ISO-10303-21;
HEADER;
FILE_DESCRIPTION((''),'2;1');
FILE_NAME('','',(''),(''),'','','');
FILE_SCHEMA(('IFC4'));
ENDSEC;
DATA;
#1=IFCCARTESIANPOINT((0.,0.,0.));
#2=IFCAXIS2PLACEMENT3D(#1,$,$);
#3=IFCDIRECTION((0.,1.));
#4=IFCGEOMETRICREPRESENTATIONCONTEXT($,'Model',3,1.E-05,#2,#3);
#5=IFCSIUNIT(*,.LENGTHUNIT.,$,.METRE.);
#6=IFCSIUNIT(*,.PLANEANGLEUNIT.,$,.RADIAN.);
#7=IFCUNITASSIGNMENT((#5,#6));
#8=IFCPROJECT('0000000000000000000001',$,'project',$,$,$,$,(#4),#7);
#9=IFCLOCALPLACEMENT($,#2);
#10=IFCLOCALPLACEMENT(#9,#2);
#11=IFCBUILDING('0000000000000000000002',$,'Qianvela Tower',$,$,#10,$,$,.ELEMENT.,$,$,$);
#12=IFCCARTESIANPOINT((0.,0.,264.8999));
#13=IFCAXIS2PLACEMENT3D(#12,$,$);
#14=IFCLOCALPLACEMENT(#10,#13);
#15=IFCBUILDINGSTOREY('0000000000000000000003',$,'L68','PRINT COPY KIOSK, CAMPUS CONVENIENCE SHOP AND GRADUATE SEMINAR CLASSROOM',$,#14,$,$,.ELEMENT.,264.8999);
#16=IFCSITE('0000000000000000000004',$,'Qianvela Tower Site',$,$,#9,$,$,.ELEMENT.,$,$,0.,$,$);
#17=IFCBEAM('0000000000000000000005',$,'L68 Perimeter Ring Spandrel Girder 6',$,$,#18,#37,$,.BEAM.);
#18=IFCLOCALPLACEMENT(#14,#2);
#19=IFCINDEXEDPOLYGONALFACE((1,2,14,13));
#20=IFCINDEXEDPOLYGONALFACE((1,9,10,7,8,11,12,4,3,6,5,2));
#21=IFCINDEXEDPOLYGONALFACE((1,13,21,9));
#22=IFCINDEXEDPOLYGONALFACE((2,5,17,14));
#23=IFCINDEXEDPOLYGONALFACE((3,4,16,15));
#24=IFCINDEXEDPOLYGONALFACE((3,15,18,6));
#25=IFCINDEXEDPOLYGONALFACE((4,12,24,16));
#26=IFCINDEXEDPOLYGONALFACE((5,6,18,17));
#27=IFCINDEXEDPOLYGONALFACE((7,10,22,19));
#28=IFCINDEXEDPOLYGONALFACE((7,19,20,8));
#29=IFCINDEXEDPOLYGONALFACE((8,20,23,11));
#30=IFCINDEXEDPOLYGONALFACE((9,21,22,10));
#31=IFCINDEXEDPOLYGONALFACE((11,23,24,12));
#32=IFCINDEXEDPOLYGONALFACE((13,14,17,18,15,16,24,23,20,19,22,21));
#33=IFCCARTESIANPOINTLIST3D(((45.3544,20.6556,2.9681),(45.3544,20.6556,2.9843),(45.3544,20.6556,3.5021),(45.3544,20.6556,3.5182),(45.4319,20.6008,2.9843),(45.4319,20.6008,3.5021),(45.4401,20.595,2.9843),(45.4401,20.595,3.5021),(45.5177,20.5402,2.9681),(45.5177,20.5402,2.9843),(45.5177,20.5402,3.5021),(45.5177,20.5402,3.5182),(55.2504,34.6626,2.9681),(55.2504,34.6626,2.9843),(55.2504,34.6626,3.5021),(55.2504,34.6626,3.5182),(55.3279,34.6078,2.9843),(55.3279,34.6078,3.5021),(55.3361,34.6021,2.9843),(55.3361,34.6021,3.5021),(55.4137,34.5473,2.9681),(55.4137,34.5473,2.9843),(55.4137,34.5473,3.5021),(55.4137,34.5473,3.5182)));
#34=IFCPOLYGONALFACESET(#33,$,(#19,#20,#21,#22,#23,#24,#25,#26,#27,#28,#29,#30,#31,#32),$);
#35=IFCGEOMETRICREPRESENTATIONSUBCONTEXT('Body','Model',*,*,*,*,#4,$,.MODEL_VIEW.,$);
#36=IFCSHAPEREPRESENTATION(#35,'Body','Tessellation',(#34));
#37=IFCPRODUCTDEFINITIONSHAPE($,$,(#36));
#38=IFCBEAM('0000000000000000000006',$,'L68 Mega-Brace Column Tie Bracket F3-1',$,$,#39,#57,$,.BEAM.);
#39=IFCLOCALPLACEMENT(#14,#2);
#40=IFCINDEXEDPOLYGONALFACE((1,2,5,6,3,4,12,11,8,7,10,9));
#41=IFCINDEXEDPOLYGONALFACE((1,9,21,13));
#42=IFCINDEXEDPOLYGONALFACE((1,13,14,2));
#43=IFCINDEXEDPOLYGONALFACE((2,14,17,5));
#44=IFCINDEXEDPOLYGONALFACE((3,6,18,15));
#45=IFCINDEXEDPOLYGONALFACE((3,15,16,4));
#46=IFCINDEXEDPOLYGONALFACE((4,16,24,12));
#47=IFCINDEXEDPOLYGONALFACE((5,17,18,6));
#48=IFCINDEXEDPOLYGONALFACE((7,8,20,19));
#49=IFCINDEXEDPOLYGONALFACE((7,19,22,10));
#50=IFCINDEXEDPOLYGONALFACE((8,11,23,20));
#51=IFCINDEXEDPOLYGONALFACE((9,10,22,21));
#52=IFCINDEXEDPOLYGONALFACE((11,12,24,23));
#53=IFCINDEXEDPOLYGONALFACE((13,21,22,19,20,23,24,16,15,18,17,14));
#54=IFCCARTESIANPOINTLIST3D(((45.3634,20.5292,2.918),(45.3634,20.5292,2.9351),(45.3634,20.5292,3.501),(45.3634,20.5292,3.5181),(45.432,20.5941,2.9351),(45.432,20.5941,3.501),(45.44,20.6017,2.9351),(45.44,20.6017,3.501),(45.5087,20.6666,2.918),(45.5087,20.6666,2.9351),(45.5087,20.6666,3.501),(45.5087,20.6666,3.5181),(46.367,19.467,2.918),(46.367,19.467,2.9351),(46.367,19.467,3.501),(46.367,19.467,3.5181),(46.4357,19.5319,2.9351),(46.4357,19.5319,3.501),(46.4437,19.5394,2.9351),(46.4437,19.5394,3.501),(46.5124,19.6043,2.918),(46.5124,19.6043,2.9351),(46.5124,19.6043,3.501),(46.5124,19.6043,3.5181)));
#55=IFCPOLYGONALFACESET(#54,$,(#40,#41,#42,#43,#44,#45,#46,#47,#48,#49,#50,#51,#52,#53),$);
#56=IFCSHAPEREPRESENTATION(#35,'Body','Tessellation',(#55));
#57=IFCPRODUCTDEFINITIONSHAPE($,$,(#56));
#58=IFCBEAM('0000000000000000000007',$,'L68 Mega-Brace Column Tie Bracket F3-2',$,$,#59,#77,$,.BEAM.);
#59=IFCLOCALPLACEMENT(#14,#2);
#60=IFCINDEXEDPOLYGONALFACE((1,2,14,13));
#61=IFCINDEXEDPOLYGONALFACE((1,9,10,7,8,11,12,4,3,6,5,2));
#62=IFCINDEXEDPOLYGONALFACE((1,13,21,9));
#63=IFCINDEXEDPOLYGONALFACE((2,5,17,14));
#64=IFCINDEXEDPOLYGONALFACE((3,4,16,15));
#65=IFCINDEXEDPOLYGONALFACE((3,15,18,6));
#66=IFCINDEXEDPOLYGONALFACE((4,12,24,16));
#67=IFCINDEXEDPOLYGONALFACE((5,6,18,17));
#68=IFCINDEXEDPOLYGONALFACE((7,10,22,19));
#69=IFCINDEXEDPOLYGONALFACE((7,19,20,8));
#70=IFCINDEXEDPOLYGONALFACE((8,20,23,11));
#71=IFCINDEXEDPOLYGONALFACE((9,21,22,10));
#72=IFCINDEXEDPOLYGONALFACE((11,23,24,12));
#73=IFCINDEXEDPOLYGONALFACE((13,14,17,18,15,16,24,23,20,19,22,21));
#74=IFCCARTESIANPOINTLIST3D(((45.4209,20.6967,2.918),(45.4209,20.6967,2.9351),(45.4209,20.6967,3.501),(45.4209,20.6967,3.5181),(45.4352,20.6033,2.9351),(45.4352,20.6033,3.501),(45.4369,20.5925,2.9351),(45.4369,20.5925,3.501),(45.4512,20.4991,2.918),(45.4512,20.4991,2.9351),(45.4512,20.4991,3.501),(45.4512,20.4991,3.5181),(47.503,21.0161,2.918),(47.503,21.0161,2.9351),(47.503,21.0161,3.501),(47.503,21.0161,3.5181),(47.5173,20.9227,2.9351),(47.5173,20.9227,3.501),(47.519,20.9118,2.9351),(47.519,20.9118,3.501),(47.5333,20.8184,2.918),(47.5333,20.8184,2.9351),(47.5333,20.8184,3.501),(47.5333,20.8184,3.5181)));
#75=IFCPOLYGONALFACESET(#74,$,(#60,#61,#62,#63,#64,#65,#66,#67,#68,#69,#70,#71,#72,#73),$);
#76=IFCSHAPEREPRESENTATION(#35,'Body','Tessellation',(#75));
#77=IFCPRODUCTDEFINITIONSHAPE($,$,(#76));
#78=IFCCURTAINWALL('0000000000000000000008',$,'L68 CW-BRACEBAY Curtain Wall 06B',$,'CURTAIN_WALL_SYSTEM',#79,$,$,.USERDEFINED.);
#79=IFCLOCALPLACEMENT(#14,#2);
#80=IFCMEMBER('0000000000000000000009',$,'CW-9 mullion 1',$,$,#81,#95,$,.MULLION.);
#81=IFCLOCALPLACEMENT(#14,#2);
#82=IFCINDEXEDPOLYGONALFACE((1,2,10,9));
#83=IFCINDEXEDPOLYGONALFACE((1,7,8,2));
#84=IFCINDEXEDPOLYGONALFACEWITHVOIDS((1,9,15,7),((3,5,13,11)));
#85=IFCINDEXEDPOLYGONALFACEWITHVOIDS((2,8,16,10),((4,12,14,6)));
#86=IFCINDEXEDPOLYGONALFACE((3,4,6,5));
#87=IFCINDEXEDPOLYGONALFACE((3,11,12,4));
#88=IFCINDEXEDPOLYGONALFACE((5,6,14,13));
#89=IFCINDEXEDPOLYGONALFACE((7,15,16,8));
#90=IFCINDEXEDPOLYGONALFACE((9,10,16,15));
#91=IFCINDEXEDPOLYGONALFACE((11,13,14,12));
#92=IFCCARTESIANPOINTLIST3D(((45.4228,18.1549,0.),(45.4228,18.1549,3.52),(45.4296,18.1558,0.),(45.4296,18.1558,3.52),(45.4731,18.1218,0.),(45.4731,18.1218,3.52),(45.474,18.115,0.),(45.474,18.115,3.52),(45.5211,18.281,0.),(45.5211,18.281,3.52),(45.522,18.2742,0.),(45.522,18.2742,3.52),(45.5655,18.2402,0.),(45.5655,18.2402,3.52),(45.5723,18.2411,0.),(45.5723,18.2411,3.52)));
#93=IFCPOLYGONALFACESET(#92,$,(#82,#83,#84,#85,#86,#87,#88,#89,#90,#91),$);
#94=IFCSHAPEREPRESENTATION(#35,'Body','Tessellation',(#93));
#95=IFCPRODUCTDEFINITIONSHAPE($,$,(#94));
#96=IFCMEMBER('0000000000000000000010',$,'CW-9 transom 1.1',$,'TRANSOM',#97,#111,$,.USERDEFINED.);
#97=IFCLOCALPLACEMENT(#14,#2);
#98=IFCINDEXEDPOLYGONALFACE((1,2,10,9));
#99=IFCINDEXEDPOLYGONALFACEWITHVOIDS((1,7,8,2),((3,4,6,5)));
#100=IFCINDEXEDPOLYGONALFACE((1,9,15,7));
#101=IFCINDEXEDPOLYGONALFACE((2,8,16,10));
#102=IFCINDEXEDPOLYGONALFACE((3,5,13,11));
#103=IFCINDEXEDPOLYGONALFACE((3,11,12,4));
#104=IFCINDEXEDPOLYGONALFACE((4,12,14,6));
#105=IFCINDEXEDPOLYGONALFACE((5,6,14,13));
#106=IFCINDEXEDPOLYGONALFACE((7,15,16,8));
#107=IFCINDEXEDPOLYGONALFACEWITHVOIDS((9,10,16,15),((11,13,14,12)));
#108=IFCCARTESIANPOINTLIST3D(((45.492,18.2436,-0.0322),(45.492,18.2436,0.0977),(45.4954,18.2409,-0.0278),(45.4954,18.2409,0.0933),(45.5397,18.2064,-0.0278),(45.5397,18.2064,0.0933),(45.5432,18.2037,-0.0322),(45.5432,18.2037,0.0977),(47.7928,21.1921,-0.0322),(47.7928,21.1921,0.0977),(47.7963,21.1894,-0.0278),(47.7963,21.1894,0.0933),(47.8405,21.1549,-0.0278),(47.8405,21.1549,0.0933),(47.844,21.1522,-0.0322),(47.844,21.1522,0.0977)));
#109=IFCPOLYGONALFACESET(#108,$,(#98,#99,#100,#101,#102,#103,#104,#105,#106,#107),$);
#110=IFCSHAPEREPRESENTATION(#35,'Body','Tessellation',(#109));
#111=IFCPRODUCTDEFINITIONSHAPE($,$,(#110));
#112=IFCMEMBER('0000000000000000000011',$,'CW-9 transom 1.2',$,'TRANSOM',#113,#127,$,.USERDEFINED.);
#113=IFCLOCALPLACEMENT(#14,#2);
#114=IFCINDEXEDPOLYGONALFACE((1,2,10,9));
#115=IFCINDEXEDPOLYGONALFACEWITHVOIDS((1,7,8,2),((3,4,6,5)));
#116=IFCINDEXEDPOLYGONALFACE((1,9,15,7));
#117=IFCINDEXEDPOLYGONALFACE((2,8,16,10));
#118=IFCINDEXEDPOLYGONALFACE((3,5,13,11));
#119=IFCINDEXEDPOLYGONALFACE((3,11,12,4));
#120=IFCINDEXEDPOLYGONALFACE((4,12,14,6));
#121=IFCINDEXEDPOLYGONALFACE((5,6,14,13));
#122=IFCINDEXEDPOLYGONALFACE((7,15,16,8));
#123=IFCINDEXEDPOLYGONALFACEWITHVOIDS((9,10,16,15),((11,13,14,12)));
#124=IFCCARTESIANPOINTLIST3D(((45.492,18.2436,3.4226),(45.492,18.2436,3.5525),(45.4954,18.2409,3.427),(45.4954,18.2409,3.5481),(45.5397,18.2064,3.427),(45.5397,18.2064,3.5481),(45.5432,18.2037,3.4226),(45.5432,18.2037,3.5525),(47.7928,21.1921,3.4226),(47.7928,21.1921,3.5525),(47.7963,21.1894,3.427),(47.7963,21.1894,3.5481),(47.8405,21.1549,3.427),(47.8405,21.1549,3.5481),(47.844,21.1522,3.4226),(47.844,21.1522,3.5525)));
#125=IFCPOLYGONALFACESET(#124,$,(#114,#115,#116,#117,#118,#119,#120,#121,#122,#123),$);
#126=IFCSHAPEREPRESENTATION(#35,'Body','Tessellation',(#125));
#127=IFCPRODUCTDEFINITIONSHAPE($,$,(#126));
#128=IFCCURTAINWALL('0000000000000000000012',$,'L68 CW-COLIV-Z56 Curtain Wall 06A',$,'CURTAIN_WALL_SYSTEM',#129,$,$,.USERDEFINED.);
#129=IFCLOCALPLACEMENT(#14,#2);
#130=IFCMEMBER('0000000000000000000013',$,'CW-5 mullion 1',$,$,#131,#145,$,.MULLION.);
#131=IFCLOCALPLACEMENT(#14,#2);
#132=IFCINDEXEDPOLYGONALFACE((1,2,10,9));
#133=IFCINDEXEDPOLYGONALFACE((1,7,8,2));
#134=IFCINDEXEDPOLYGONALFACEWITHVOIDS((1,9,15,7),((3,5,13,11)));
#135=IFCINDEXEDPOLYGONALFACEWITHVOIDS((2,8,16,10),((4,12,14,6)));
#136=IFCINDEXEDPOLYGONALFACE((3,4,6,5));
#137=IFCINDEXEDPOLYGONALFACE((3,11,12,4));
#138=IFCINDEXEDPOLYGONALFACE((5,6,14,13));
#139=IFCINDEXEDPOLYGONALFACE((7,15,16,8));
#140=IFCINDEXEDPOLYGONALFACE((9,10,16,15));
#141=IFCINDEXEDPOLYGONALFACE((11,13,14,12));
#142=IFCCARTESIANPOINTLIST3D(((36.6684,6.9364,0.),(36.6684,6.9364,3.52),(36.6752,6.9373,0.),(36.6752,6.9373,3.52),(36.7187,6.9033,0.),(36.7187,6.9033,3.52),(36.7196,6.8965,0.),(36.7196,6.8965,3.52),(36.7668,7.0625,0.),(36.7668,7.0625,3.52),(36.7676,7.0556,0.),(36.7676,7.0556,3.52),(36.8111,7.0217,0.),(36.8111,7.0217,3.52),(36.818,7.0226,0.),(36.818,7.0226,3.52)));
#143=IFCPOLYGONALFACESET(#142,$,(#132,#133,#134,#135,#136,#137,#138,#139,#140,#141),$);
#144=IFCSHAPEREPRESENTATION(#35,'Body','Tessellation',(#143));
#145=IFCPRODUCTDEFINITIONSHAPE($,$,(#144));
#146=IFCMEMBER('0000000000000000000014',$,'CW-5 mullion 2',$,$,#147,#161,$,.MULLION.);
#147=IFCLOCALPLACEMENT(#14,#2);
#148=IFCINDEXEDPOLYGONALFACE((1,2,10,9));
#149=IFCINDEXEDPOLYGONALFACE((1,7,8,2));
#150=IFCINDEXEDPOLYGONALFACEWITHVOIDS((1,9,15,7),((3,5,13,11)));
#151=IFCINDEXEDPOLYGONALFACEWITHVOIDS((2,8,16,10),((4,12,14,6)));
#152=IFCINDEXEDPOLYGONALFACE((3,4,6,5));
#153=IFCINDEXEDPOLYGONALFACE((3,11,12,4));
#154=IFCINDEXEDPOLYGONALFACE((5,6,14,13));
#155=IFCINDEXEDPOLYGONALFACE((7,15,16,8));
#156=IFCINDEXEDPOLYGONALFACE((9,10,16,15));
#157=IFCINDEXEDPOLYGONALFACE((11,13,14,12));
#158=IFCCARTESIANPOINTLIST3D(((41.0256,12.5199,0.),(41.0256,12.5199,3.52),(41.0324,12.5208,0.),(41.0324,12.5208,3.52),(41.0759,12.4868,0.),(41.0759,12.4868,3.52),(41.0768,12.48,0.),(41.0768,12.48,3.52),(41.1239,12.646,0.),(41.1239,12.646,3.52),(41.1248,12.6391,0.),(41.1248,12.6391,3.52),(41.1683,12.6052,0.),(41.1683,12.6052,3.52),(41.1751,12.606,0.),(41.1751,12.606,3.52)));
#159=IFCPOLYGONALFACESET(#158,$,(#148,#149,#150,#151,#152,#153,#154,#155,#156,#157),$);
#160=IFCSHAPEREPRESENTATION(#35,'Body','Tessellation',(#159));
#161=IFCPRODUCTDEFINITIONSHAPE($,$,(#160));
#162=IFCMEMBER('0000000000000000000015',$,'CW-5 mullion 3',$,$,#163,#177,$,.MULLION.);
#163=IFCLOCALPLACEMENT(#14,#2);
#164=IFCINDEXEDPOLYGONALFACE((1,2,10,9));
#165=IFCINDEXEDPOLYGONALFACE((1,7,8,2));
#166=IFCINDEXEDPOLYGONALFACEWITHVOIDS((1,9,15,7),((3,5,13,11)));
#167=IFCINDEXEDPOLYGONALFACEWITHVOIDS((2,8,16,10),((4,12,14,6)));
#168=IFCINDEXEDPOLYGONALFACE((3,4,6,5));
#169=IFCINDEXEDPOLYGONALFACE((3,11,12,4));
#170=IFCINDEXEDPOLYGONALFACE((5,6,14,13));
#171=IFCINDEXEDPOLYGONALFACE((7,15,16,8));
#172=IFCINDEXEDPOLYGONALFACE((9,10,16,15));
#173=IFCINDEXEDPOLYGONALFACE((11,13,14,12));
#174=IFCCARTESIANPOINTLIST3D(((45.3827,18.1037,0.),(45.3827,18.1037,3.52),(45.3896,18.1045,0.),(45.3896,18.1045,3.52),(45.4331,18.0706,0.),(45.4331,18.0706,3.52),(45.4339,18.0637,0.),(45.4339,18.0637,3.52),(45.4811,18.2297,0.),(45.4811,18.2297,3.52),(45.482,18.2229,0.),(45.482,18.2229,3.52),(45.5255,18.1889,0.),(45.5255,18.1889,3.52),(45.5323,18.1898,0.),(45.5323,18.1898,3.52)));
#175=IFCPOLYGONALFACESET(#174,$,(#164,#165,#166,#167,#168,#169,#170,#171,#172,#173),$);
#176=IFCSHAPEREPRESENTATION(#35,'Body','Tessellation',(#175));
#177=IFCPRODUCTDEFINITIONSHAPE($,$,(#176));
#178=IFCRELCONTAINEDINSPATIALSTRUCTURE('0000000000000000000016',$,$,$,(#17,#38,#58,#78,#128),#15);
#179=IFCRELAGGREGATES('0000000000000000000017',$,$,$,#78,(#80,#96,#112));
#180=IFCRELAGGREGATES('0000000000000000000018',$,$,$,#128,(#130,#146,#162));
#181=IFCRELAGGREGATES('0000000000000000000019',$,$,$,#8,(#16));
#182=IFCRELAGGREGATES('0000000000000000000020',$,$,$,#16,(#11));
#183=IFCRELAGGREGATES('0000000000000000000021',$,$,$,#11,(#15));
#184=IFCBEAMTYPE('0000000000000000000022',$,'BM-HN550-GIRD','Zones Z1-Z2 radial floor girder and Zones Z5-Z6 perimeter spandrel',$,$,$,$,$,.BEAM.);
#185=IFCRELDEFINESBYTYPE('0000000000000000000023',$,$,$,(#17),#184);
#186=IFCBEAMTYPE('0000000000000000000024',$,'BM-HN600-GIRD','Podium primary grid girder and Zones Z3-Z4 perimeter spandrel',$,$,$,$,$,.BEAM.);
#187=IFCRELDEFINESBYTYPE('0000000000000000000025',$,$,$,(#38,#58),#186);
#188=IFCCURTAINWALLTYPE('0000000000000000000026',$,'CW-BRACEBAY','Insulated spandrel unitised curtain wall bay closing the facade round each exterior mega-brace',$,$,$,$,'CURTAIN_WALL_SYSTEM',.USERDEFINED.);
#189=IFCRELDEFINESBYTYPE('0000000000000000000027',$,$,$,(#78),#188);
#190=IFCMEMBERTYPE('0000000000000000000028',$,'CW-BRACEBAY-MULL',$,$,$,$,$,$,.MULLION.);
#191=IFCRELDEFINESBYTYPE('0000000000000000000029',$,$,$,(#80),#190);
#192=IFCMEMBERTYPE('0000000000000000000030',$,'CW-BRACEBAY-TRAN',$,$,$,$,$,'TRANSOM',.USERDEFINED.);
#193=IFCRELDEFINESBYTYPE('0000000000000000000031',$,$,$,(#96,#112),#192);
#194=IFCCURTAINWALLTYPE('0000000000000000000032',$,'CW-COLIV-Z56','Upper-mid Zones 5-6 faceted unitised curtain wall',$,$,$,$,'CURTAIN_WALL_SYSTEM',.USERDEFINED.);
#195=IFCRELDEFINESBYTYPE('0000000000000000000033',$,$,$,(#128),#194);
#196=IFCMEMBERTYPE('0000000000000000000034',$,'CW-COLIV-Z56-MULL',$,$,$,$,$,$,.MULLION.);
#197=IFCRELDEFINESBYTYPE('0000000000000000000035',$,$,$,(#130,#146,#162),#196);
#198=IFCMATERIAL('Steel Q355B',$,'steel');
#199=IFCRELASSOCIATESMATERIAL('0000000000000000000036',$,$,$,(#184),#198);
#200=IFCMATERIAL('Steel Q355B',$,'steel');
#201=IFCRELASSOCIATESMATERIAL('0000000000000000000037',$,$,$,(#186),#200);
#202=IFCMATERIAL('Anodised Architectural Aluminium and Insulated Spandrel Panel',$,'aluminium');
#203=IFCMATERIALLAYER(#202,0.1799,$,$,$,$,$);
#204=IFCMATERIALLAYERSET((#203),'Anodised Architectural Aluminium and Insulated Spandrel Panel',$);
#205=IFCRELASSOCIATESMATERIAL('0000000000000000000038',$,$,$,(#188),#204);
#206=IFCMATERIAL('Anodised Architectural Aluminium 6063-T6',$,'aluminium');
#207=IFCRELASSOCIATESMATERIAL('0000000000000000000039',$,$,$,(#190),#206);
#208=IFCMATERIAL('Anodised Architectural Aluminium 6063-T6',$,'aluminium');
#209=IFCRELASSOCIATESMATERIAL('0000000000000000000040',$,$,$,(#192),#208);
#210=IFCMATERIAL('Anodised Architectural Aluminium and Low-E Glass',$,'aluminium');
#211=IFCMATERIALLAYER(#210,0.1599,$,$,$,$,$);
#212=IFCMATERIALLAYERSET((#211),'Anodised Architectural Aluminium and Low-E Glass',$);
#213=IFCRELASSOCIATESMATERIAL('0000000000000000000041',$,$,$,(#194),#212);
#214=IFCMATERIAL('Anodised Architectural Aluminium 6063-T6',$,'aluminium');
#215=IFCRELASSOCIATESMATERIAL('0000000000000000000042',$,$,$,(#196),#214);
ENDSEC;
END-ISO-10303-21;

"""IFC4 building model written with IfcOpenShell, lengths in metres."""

from ifc_helpers import new_model, si_unit, direction, frame, origin, origin_2d, place, context, subcontext, project, spatial, hollow_rectangle, i_section, extrude, material, layer, layer_set, material_profile, profile_set, type_object, element, aggregate, save


model = new_model("IFC4")

# Units and contexts
model_context = context("Model", 3, precision=1e-05, world=origin(), true_north=direction((0.0, 1.0)))
body_context = subcontext(model_context, "Body", "Model", "MODEL_VIEW")
ifc_project = project(units=[si_unit("LENGTHUNIT", "METRE"), si_unit("PLANEANGLEUNIT", "RADIAN")], contexts=[model_context])

# Site, building, storey
site_placement = place(None, origin())
site = spatial("IfcSite", under=ifc_project, at=site_placement, Name="Qianvela Tower Site", CompositionType="ELEMENT", RefElevation=0.0)
building_placement = place(site_placement, origin())
building = spatial("IfcBuilding", under=site, at=building_placement, Name="Qianvela Tower", CompositionType="ELEMENT")
storey_placement = place(building_placement, frame((0.0, 0.0, 264.8999)))
storey = spatial("IfcBuildingStorey", under=building, at=storey_placement, Name="L68", Description="PRINT COPY KIOSK, CAMPUS CONVENIENCE SHOP AND GRADUATE SEMINAR CLASSROOM", CompositionType="ELEMENT", Elevation=264.8999)

# Beams
ifc_material_1 = material(Name="Steel Q355B", Category="steel")
ifc_material_profile_1 = material_profile(ifc_material_1, i_section(OverallWidth=0.2, OverallDepth=0.55, WebThickness=0.01, FlangeThickness=0.0161, at=origin_2d()), Name="HN550x200x10x16")
ifc_profile_set_1 = profile_set([ifc_material_profile_1], Name="Steel Q355B")
beam_type_1 = type_object("IfcBeamType", Name="BM-HN550-GIRD", Description="Zones Z1-Z2 radial floor girder and Zones Z5-Z6 perimeter spandrel", PredefinedType="BEAM", material=ifc_profile_set_1)
beam_1_placement = place(storey_placement, frame((45.436, 20.5979, 3.2432), z_axis=(0.57702, 0.81673, 0.0), x_axis=(-0.81673, 0.57702, 0.0)))
element("IfcBeam", 1, at=beam_1_placement, inside=storey, type_object=beam_type_1, Name="L68 Perimeter Ring Spandrel Girder 6", PredefinedType="BEAM", context=body_context, shape_type="SweptSolid", body=[
    extrude(i_section(OverallWidth=0.2, OverallDepth=0.55, WebThickness=0.01, FlangeThickness=0.0161, at=origin_2d()), origin(), (0.0, 0.0, 1.0), 17.1501),
])
ifc_material_2 = material(Name="Steel Q355B", Category="steel")
ifc_material_profile_2 = material_profile(ifc_material_2, i_section(OverallWidth=0.2, OverallDepth=0.6001, WebThickness=0.011, FlangeThickness=0.0171, at=origin_2d()), Name="HN600x200x11x17")
ifc_profile_set_2 = profile_set([ifc_material_profile_2], Name="Steel Q355B")
beam_type_2 = type_object("IfcBeamType", Name="BM-HN600-GIRD", Description="Podium primary grid girder and Zones Z3-Z4 perimeter spandrel", PredefinedType="BEAM", material=ifc_profile_set_2)
beam_2_placement = place(storey_placement, frame((45.436, 20.5979, 3.218), z_axis=(0.686776, -0.72687, 0.0), x_axis=(0.72687, 0.686776, 0.0)))
element("IfcBeam", 2, at=beam_2_placement, inside=storey, type_object=beam_type_2, Name="L68 Mega-Brace Column Tie Bracket F3-1", PredefinedType="BEAM", context=body_context, shape_type="SweptSolid", body=[
    extrude(i_section(OverallWidth=0.2, OverallDepth=0.6001, WebThickness=0.011, FlangeThickness=0.0171, at=origin_2d()), origin(), (0.0, 0.0, 1.0), 1.4614),
])
beam_3_placement = place(storey_placement, frame((45.436, 20.5979, 3.218), z_axis=(0.988441, 0.151604, 0.0), x_axis=(-0.151604, 0.988441, 0.0)))
element("IfcBeam", 3, at=beam_3_placement, inside=storey, type_object=beam_type_2, Name="L68 Mega-Brace Column Tie Bracket F3-2", PredefinedType="BEAM", context=body_context, shape_type="SweptSolid", body=[
    extrude(i_section(OverallWidth=0.2, OverallDepth=0.6001, WebThickness=0.011, FlangeThickness=0.0171, at=origin_2d()), origin(), (0.0, 0.0, 1.0), 2.1064),
])

# Curtain walls, members
ifc_material_3 = material(Name="Anodised Architectural Aluminium and Insulated Spandrel Panel", Category="aluminium")
ifc_layer_1 = layer(ifc_material_3, 0.1799)
ifc_layer_set_1 = layer_set([ifc_layer_1], Name="Anodised Architectural Aluminium and Insulated Spandrel Panel")
curtain_wall_type_1 = type_object("IfcCurtainWallType", Name="CW-BRACEBAY", Description="Insulated spandrel unitised curtain wall bay closing the facade round each exterior mega-brace", ElementType="CURTAIN_WALL_SYSTEM", PredefinedType="USERDEFINED", material=ifc_layer_set_1)
curtain_wall_1_placement = place(storey_placement, origin())
curtain_wall_1 = element("IfcCurtainWall", 4, at=curtain_wall_1_placement, inside=storey, type_object=curtain_wall_type_1, Name="L68 CW-BRACEBAY Curtain Wall 06B", ObjectType="CURTAIN_WALL_SYSTEM", PredefinedType="USERDEFINED")
ifc_material_4 = material(Name="Anodised Architectural Aluminium 6063-T6", Category="aluminium")
ifc_material_profile_3 = material_profile(ifc_material_4, hollow_rectangle(XDim=0.0649, YDim=0.1599, WallThickness=0.0049, at=origin_2d()), Name="ALU-MULL-65x160")
ifc_profile_set_3 = profile_set([ifc_material_profile_3], Name="Anodised Architectural Aluminium 6063-T6")
member_type_1 = type_object("IfcMemberType", Name="CW-BRACEBAY-MULL", PredefinedType="MULLION", material=ifc_profile_set_3)
member_1_placement = place(storey_placement, frame((45.4976, 18.198, 0.0), z_axis=(0.0, 0.0, 1.0), x_axis=(-0.788374, 0.615196, 0.0)))
member_1 = element("IfcMember", 5, at=member_1_placement, type_object=member_type_1, Name="CW-9 mullion 1", PredefinedType="MULLION", context=body_context, shape_type="SweptSolid", body=[
    extrude(hollow_rectangle(XDim=0.0649, YDim=0.1599, WallThickness=0.0049, at=origin_2d()), origin(), (0.0, 0.0, 1.0), 3.52),
])
ifc_material_5 = material(Name="Anodised Architectural Aluminium 6063-T6", Category="aluminium")
ifc_material_profile_4 = material_profile(ifc_material_5, hollow_rectangle(XDim=0.0649, YDim=0.1299, WallThickness=0.0044, at=origin_2d()), Name="ALU-TRAN-65x130")
ifc_profile_set_4 = profile_set([ifc_material_profile_4], Name="Anodised Architectural Aluminium 6063-T6")
member_type_2 = type_object("IfcMemberType", Name="CW-BRACEBAY-TRAN", ElementType="TRANSOM", PredefinedType="USERDEFINED", material=ifc_profile_set_4)
member_2_placement = place(storey_placement, frame((45.5176, 18.2236, 0.0327), z_axis=(0.615192, 0.788378, 0.0), x_axis=(-0.788378, 0.615192, 0.0)))
member_2 = element("IfcMember", 6, at=member_2_placement, type_object=member_type_2, Name="CW-9 transom 1.1", ObjectType="TRANSOM", PredefinedType="USERDEFINED", context=body_context, shape_type="SweptSolid", body=[
    extrude(hollow_rectangle(XDim=0.0649, YDim=0.1299, WallThickness=0.0044, at=origin_2d()), origin(), (0.0, 0.0, 1.0), 3.74),
])
member_3_placement = place(storey_placement, frame((45.5176, 18.2236, 3.4875), z_axis=(0.615192, 0.788378, 0.0), x_axis=(-0.788378, 0.615192, 0.0)))
member_3 = element("IfcMember", 7, at=member_3_placement, type_object=member_type_2, Name="CW-9 transom 1.2", ObjectType="TRANSOM", PredefinedType="USERDEFINED", context=body_context, shape_type="SweptSolid", body=[
    extrude(hollow_rectangle(XDim=0.0649, YDim=0.1299, WallThickness=0.0044, at=origin_2d()), origin(), (0.0, 0.0, 1.0), 3.74),
])
ifc_material_6 = material(Name="Anodised Architectural Aluminium and Low-E Glass", Category="aluminium")
ifc_layer_2 = layer(ifc_material_6, 0.1599)
ifc_layer_set_2 = layer_set([ifc_layer_2], Name="Anodised Architectural Aluminium and Low-E Glass")
curtain_wall_type_2 = type_object("IfcCurtainWallType", Name="CW-COLIV-Z56", Description="Upper-mid Zones 5-6 faceted unitised curtain wall", ElementType="CURTAIN_WALL_SYSTEM", PredefinedType="USERDEFINED", material=ifc_layer_set_2)
curtain_wall_2_placement = place(storey_placement, origin())
curtain_wall_2 = element("IfcCurtainWall", 8, at=curtain_wall_2_placement, inside=storey, type_object=curtain_wall_type_2, Name="L68 CW-COLIV-Z56 Curtain Wall 06A", ObjectType="CURTAIN_WALL_SYSTEM", PredefinedType="USERDEFINED")
ifc_material_7 = material(Name="Anodised Architectural Aluminium 6063-T6", Category="aluminium")
ifc_material_profile_5 = material_profile(ifc_material_7, hollow_rectangle(XDim=0.0649, YDim=0.1599, WallThickness=0.0049, at=origin_2d()), Name="ALU-MULL-65x160")
ifc_profile_set_5 = profile_set([ifc_material_profile_5], Name="Anodised Architectural Aluminium 6063-T6")
member_type_3 = type_object("IfcMemberType", Name="CW-COLIV-Z56-MULL", PredefinedType="MULLION", material=ifc_profile_set_5)
member_4_placement = place(storey_placement, frame((36.7432, 6.9795, 0.0), z_axis=(0.0, 0.0, 1.0), x_axis=(-0.788364, 0.615209, 0.0)))
member_4 = element("IfcMember", 9, at=member_4_placement, type_object=member_type_3, Name="CW-5 mullion 1", PredefinedType="MULLION", context=body_context, shape_type="SweptSolid", body=[
    extrude(hollow_rectangle(XDim=0.0649, YDim=0.1599, WallThickness=0.0049, at=origin_2d()), origin(), (0.0, 0.0, 1.0), 3.52),
])
member_5_placement = place(storey_placement, frame((41.1003, 12.563, 0.0), z_axis=(0.0, 0.0, 1.0), x_axis=(-0.788364, 0.615209, 0.0)))
member_5 = element("IfcMember", 10, at=member_5_placement, type_object=member_type_3, Name="CW-5 mullion 2", PredefinedType="MULLION", context=body_context, shape_type="SweptSolid", body=[
    extrude(hollow_rectangle(XDim=0.0649, YDim=0.1599, WallThickness=0.0049, at=origin_2d()), origin(), (0.0, 0.0, 1.0), 3.52),
])
member_6_placement = place(storey_placement, frame((45.4575, 18.1467, 0.0), z_axis=(0.0, 0.0, 1.0), x_axis=(-0.788364, 0.615209, 0.0)))
member_6 = element("IfcMember", 11, at=member_6_placement, type_object=member_type_3, Name="CW-5 mullion 3", PredefinedType="MULLION", context=body_context, shape_type="SweptSolid", body=[
    extrude(hollow_rectangle(XDim=0.0649, YDim=0.1599, WallThickness=0.0049, at=origin_2d()), origin(), (0.0, 0.0, 1.0), 3.52),
])

aggregate(curtain_wall_1, [member_1, member_2, member_3])
aggregate(curtain_wall_2, [member_4, member_5, member_6])

save(model, "model.ifc")
